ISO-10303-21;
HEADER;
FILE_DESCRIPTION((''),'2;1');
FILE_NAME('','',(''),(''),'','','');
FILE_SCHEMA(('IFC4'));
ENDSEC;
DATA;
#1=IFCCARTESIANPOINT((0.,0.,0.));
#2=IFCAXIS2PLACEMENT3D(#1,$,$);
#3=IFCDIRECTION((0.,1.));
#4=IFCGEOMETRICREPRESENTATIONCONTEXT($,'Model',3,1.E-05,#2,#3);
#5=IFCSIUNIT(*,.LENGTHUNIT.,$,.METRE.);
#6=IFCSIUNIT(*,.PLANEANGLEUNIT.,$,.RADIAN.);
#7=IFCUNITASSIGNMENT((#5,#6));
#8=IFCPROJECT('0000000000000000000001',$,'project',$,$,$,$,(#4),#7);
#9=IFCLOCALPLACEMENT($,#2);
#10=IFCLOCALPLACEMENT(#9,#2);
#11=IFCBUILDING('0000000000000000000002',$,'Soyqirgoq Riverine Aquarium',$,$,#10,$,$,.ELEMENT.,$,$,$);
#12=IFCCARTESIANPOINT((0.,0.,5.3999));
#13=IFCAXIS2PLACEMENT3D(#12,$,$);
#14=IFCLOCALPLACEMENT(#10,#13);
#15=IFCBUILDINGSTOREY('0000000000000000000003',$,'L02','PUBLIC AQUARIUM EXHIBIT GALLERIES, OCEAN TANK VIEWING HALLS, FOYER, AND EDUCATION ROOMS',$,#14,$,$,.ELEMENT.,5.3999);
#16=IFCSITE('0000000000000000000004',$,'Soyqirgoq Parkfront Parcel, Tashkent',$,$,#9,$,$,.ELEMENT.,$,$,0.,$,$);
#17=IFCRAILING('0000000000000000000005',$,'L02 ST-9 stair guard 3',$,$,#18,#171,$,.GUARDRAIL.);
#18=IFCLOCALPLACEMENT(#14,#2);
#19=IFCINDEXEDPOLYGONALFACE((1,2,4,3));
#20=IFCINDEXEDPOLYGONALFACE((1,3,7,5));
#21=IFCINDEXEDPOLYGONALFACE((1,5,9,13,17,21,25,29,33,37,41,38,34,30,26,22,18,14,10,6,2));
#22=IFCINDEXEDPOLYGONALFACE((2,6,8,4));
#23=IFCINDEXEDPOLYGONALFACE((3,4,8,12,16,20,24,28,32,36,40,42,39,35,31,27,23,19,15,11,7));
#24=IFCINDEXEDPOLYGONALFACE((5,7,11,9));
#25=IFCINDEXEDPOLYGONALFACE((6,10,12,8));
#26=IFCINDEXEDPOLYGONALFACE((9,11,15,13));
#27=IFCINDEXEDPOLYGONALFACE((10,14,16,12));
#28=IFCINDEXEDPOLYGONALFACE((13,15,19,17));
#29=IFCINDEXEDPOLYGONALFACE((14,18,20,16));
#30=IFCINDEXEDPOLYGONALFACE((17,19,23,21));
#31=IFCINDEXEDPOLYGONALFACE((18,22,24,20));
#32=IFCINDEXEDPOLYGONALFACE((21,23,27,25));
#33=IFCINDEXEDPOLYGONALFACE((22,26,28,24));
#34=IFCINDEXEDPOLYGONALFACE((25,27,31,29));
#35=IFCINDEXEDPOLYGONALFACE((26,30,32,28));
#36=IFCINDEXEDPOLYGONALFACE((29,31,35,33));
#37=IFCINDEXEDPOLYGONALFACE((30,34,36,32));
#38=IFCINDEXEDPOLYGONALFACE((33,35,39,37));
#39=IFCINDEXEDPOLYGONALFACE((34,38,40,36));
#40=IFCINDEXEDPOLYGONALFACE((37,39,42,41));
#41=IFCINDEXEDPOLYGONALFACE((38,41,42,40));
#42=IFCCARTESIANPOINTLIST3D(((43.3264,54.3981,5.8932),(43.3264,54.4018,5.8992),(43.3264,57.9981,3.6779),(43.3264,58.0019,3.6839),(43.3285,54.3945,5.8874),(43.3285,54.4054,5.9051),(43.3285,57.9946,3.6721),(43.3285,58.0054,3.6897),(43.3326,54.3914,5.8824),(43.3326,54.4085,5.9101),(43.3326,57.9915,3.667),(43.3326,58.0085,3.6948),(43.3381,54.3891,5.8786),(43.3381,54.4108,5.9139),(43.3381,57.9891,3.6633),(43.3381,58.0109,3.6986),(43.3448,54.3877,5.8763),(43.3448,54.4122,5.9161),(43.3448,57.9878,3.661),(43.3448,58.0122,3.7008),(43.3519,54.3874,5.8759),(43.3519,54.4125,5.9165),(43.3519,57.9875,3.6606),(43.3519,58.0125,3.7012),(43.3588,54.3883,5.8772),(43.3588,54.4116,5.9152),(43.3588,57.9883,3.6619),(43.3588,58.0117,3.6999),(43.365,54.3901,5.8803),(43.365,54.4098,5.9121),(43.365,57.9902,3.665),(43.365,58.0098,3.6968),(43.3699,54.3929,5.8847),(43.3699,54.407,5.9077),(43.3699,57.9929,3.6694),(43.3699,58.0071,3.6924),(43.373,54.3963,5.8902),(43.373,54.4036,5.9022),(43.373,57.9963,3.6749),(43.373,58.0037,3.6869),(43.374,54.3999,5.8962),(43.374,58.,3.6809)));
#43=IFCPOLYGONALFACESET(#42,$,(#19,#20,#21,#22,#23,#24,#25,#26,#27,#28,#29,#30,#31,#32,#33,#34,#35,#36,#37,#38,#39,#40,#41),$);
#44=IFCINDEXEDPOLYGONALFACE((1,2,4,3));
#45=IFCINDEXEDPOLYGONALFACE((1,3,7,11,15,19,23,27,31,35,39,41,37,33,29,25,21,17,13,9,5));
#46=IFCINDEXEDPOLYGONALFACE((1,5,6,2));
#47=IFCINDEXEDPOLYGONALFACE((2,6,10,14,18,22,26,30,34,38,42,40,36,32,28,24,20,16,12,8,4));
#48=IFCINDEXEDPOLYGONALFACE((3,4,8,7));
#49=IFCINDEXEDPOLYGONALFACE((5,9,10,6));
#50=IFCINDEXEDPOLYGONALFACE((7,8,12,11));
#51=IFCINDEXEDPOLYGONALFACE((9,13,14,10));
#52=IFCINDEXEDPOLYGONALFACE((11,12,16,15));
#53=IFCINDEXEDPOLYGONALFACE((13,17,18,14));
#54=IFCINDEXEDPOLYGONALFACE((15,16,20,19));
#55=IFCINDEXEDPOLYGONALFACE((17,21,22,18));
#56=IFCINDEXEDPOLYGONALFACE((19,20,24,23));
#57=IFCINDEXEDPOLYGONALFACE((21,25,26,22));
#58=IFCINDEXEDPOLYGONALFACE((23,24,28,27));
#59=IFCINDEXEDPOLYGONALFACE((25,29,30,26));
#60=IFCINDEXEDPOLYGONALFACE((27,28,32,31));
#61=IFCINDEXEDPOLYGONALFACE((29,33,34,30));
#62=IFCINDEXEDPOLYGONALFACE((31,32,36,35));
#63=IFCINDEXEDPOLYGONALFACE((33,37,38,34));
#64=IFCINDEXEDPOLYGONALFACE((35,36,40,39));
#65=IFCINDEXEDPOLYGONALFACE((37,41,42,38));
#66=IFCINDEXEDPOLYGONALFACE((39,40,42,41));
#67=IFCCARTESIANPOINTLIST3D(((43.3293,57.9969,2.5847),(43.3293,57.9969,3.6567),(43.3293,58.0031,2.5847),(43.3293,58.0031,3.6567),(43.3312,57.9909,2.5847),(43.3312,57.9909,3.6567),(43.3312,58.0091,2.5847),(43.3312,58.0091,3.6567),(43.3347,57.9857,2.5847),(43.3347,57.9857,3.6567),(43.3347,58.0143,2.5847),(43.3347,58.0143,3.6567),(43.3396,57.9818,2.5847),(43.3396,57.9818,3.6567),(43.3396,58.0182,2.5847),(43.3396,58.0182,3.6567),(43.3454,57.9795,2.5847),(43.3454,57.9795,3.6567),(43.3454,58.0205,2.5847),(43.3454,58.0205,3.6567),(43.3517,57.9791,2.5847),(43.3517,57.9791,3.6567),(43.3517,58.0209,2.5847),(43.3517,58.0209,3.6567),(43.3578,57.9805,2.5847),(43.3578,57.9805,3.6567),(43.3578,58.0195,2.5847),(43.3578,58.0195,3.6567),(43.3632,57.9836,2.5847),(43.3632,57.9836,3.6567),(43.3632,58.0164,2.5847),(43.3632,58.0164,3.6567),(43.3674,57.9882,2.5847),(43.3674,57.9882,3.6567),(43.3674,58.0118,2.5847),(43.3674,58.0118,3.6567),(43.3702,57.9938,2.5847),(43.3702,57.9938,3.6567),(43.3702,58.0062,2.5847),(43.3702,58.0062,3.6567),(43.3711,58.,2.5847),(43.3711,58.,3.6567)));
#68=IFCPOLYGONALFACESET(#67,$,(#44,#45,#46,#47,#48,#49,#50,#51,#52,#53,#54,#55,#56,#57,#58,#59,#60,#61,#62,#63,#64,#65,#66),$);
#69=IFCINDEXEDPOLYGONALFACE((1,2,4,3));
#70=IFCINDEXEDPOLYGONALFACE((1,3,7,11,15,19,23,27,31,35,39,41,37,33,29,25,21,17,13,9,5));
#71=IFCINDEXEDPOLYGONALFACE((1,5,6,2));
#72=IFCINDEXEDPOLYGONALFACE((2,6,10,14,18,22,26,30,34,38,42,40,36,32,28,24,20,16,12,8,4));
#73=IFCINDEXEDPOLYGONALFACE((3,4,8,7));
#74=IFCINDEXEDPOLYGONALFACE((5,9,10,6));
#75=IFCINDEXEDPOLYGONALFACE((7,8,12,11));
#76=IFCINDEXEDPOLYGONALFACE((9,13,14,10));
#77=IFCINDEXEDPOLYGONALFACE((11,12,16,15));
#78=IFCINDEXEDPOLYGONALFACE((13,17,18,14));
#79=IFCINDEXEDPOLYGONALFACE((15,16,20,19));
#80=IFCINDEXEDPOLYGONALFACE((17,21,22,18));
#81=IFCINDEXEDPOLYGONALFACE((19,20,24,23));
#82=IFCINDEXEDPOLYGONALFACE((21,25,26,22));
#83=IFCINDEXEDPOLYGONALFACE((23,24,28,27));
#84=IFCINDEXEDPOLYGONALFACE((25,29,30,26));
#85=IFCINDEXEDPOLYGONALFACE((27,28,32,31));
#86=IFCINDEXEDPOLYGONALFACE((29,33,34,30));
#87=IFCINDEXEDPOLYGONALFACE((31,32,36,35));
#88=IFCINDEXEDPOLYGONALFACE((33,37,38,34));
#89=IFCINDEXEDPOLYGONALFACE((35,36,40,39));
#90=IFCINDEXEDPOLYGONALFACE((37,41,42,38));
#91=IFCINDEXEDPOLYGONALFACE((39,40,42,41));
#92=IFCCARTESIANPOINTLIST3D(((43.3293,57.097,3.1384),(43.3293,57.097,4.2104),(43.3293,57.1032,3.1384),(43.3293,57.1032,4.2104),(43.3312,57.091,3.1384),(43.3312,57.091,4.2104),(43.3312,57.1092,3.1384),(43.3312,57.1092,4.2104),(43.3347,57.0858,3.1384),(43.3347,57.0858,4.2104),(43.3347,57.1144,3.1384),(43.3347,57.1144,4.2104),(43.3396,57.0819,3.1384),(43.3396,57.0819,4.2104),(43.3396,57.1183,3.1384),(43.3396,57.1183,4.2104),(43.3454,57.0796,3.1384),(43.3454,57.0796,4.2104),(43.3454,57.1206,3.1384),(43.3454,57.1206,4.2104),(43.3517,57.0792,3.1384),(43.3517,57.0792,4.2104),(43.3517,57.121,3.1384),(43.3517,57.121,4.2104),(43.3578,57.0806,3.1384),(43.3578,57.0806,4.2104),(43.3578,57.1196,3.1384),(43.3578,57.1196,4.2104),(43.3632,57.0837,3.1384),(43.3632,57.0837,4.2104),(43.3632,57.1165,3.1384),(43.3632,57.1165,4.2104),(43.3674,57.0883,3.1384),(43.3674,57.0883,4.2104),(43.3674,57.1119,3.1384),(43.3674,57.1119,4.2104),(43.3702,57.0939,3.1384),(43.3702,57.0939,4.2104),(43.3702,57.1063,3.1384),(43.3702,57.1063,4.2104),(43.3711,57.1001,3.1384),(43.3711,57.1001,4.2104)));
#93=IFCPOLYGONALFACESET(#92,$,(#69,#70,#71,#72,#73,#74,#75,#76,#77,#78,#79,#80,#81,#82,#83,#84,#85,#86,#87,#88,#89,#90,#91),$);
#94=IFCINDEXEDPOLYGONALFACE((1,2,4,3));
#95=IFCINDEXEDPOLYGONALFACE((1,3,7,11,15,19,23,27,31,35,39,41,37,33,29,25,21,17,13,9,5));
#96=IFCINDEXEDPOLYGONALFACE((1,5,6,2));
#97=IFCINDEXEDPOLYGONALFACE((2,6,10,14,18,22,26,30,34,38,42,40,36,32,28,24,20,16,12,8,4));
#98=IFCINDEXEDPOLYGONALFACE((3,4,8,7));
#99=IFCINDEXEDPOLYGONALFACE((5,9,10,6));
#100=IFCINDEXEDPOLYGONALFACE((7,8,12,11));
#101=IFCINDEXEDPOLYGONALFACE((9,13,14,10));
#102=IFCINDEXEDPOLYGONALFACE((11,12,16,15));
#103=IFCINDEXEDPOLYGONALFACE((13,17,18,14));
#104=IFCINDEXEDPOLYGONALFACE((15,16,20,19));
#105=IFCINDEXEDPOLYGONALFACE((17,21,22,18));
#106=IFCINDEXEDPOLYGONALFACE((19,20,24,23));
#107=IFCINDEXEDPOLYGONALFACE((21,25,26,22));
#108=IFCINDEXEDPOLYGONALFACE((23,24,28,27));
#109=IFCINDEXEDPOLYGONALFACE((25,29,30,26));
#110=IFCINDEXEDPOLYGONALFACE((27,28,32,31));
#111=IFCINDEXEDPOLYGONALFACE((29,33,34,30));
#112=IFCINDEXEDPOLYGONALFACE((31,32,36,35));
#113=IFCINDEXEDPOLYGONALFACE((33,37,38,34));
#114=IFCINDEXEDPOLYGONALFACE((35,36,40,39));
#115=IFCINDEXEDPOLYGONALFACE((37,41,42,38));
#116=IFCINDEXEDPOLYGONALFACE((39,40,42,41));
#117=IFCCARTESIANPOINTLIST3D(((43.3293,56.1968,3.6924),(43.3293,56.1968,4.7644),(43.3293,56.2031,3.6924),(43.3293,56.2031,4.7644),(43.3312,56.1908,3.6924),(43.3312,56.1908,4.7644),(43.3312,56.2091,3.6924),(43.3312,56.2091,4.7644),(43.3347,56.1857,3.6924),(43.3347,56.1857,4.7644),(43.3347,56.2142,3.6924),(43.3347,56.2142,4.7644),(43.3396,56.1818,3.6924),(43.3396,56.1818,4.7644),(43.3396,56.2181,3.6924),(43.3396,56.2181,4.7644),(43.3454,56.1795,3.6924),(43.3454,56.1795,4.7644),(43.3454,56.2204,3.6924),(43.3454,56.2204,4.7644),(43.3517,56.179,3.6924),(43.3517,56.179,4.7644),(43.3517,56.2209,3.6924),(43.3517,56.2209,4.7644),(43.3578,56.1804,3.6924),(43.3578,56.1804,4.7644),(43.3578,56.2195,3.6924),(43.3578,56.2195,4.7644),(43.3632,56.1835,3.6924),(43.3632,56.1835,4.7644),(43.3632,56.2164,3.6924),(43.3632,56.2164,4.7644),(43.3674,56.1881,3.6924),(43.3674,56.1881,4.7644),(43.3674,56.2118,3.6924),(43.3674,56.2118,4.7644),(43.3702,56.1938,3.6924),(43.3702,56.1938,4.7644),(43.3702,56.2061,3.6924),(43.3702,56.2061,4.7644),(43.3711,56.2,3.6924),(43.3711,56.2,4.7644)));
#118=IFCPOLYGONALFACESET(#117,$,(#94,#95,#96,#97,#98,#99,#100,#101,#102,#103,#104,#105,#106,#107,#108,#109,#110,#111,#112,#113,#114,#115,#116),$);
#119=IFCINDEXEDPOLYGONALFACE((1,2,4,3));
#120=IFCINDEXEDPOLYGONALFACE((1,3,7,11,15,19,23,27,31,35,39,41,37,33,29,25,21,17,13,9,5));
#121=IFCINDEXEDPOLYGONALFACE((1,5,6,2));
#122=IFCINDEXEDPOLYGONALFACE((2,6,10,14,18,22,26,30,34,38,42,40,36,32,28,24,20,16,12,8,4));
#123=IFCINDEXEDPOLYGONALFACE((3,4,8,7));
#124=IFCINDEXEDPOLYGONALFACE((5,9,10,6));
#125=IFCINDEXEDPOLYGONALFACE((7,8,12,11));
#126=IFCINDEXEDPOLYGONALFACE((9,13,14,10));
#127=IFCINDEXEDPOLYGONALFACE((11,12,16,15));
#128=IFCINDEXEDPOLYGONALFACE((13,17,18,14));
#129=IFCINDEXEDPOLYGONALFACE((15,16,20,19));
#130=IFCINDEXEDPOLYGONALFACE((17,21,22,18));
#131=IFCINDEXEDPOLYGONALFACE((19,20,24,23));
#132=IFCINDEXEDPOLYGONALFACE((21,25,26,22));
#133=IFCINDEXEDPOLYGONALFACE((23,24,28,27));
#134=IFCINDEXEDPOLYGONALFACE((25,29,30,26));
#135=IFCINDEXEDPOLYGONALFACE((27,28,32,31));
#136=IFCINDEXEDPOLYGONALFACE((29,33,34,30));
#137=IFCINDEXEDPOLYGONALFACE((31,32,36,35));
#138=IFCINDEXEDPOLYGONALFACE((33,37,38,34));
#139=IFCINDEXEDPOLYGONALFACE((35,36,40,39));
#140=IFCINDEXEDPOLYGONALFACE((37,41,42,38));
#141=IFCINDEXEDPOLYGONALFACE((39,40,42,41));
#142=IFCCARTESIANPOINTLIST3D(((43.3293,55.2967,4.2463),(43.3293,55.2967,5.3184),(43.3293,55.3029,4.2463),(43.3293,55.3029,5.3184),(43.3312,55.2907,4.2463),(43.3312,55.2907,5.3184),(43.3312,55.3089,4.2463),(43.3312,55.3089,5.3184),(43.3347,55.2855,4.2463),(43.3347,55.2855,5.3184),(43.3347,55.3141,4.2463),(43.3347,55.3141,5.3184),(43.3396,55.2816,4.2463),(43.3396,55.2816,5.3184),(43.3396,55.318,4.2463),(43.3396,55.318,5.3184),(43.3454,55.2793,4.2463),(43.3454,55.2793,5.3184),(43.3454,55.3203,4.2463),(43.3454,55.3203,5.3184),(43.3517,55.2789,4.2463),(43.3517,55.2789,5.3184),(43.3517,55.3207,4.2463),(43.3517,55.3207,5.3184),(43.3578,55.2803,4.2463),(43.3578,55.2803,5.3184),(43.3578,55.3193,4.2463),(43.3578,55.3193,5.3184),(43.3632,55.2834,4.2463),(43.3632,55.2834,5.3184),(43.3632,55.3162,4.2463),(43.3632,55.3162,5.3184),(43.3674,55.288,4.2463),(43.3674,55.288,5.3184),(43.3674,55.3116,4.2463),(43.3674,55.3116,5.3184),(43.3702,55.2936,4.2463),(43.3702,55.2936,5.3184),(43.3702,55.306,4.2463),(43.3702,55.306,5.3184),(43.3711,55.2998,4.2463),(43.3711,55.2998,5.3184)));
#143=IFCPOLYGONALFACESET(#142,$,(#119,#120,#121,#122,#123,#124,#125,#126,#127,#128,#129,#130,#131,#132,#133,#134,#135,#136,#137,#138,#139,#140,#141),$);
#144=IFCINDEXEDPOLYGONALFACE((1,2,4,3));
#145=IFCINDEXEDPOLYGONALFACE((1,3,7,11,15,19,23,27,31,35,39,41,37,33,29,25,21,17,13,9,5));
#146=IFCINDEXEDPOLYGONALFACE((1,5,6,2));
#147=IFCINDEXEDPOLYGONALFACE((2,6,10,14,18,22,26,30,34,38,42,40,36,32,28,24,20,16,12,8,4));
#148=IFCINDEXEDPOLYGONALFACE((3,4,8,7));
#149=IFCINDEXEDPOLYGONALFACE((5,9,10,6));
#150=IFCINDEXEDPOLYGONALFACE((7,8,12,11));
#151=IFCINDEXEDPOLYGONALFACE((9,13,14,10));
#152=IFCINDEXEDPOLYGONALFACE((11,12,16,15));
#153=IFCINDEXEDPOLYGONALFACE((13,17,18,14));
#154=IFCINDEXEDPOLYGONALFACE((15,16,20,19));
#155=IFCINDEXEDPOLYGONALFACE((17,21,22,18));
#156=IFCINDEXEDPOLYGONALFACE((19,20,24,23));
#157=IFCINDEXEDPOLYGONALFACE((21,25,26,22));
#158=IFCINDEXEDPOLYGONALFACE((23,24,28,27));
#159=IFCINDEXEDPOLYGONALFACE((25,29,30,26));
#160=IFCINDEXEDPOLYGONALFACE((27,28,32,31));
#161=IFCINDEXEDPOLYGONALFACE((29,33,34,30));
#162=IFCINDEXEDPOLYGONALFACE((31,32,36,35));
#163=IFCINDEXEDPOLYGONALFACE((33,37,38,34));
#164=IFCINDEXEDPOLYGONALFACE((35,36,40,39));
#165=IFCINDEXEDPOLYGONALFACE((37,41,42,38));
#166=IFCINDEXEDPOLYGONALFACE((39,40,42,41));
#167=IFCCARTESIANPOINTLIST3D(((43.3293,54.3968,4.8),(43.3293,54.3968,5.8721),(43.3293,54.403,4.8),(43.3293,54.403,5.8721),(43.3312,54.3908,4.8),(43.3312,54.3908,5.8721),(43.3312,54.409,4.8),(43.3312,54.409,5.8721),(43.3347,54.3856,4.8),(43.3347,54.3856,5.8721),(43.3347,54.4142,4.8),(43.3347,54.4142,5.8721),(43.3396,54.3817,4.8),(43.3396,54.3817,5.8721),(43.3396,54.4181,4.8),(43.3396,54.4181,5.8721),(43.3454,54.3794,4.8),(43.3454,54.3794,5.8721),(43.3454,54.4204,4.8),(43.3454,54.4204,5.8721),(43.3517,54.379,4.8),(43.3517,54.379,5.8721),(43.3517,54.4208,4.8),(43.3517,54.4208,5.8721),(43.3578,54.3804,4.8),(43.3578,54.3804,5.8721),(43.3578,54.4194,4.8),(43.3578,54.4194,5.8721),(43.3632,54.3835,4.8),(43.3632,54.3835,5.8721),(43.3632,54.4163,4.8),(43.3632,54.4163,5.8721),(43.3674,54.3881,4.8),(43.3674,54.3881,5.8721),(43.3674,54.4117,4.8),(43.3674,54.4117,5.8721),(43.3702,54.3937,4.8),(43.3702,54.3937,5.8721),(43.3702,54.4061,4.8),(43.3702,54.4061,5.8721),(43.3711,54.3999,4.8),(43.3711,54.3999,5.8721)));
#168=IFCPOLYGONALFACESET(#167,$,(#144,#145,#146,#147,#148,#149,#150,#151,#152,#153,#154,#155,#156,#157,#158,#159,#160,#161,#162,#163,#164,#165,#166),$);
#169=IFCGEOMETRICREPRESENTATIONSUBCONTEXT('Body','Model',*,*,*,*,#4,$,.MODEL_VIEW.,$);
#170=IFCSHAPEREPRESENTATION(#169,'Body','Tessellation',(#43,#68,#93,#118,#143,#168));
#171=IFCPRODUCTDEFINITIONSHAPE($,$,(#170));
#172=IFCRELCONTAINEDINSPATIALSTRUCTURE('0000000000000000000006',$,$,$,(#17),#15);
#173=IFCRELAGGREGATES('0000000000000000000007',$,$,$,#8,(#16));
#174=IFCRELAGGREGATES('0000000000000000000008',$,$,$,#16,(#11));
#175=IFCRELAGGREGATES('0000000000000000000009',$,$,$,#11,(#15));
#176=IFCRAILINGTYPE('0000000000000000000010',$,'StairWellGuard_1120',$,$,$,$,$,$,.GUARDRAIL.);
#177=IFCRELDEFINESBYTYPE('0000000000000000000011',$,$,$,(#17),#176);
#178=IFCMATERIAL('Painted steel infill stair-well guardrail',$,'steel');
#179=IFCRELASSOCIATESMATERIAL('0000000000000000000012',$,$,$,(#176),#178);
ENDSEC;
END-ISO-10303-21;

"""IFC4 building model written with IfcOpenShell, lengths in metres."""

from ifc_helpers import new_model, si_unit, direction, frame, origin, origin_2d, place, context, subcontext, project, spatial, circle, extrude, material, type_object, element, save


model = new_model("IFC4")

# Units and contexts
model_context = context("Model", 3, precision=1e-05, world=origin(), true_north=direction((0.0, 1.0)))
body_context = subcontext(model_context, "Body", "Model", "MODEL_VIEW")
ifc_project = project(units=[si_unit("LENGTHUNIT", "METRE"), si_unit("PLANEANGLEUNIT", "RADIAN")], contexts=[model_context])

# Site, building, storey
site_placement = place(None, origin())
site = spatial("IfcSite", under=ifc_project, at=site_placement, Name="Soyqirgoq Parkfront Parcel, Tashkent", CompositionType="ELEMENT", RefElevation=0.0)
building_placement = place(site_placement, origin())
building = spatial("IfcBuilding", under=site, at=building_placement, Name="Soyqirgoq Riverine Aquarium", CompositionType="ELEMENT")
storey_placement = place(building_placement, frame((0.0, 0.0, 5.3999)))
storey = spatial("IfcBuildingStorey", under=building, at=storey_placement, Name="L02", Description="PUBLIC AQUARIUM EXHIBIT GALLERIES, OCEAN TANK VIEWING HALLS, FOYER, AND EDUCATION ROOMS", CompositionType="ELEMENT", Elevation=5.3999)

# Railing
ifc_material_1 = material(Name="Painted steel infill stair-well guardrail", Category="steel")
railing_type_1 = type_object("IfcRailingType", Name="StairWellGuard_1120", PredefinedType="GUARDRAIL", material=ifc_material_1)
railing_1_placement = place(storey_placement, frame((43.3501, 58.0, 2.5847)))
element("IfcRailing", 1, at=railing_1_placement, inside=storey, type_object=railing_type_1, Name="L02 ST-9 stair guard 3", PredefinedType="GUARDRAIL", context=body_context, shape_type="SweptSolid", body=[
    extrude(circle(Radius=0.0239, at=origin_2d()), frame((0.0, 0.0, 1.0962), z_axis=(0.0, -0.85167, 0.524078), x_axis=(1.0, 0.0, 0.0)), (0.0, 0.0, 1.0), 4.2271),
    extrude(circle(Radius=0.021, at=origin_2d()), origin(), (0.0, 0.0, 1.0), 1.072),
    extrude(circle(Radius=0.021, at=origin_2d()), frame((0.0, -0.8999, 0.5537)), (0.0, 0.0, 1.0), 1.072),
    extrude(circle(Radius=0.021, at=origin_2d()), frame((0.0, -1.8, 1.1077)), (0.0, 0.0, 1.0), 1.072),
    extrude(circle(Radius=0.021, at=origin_2d()), frame((0.0, -2.7002, 1.6616)), (0.0, 0.0, 1.0), 1.072),
    extrude(circle(Radius=0.021, at=origin_2d()), frame((0.0, -3.6001, 2.2153)), (0.0, 0.0, 1.0), 1.072),
])

save(model, "model.ifc")
